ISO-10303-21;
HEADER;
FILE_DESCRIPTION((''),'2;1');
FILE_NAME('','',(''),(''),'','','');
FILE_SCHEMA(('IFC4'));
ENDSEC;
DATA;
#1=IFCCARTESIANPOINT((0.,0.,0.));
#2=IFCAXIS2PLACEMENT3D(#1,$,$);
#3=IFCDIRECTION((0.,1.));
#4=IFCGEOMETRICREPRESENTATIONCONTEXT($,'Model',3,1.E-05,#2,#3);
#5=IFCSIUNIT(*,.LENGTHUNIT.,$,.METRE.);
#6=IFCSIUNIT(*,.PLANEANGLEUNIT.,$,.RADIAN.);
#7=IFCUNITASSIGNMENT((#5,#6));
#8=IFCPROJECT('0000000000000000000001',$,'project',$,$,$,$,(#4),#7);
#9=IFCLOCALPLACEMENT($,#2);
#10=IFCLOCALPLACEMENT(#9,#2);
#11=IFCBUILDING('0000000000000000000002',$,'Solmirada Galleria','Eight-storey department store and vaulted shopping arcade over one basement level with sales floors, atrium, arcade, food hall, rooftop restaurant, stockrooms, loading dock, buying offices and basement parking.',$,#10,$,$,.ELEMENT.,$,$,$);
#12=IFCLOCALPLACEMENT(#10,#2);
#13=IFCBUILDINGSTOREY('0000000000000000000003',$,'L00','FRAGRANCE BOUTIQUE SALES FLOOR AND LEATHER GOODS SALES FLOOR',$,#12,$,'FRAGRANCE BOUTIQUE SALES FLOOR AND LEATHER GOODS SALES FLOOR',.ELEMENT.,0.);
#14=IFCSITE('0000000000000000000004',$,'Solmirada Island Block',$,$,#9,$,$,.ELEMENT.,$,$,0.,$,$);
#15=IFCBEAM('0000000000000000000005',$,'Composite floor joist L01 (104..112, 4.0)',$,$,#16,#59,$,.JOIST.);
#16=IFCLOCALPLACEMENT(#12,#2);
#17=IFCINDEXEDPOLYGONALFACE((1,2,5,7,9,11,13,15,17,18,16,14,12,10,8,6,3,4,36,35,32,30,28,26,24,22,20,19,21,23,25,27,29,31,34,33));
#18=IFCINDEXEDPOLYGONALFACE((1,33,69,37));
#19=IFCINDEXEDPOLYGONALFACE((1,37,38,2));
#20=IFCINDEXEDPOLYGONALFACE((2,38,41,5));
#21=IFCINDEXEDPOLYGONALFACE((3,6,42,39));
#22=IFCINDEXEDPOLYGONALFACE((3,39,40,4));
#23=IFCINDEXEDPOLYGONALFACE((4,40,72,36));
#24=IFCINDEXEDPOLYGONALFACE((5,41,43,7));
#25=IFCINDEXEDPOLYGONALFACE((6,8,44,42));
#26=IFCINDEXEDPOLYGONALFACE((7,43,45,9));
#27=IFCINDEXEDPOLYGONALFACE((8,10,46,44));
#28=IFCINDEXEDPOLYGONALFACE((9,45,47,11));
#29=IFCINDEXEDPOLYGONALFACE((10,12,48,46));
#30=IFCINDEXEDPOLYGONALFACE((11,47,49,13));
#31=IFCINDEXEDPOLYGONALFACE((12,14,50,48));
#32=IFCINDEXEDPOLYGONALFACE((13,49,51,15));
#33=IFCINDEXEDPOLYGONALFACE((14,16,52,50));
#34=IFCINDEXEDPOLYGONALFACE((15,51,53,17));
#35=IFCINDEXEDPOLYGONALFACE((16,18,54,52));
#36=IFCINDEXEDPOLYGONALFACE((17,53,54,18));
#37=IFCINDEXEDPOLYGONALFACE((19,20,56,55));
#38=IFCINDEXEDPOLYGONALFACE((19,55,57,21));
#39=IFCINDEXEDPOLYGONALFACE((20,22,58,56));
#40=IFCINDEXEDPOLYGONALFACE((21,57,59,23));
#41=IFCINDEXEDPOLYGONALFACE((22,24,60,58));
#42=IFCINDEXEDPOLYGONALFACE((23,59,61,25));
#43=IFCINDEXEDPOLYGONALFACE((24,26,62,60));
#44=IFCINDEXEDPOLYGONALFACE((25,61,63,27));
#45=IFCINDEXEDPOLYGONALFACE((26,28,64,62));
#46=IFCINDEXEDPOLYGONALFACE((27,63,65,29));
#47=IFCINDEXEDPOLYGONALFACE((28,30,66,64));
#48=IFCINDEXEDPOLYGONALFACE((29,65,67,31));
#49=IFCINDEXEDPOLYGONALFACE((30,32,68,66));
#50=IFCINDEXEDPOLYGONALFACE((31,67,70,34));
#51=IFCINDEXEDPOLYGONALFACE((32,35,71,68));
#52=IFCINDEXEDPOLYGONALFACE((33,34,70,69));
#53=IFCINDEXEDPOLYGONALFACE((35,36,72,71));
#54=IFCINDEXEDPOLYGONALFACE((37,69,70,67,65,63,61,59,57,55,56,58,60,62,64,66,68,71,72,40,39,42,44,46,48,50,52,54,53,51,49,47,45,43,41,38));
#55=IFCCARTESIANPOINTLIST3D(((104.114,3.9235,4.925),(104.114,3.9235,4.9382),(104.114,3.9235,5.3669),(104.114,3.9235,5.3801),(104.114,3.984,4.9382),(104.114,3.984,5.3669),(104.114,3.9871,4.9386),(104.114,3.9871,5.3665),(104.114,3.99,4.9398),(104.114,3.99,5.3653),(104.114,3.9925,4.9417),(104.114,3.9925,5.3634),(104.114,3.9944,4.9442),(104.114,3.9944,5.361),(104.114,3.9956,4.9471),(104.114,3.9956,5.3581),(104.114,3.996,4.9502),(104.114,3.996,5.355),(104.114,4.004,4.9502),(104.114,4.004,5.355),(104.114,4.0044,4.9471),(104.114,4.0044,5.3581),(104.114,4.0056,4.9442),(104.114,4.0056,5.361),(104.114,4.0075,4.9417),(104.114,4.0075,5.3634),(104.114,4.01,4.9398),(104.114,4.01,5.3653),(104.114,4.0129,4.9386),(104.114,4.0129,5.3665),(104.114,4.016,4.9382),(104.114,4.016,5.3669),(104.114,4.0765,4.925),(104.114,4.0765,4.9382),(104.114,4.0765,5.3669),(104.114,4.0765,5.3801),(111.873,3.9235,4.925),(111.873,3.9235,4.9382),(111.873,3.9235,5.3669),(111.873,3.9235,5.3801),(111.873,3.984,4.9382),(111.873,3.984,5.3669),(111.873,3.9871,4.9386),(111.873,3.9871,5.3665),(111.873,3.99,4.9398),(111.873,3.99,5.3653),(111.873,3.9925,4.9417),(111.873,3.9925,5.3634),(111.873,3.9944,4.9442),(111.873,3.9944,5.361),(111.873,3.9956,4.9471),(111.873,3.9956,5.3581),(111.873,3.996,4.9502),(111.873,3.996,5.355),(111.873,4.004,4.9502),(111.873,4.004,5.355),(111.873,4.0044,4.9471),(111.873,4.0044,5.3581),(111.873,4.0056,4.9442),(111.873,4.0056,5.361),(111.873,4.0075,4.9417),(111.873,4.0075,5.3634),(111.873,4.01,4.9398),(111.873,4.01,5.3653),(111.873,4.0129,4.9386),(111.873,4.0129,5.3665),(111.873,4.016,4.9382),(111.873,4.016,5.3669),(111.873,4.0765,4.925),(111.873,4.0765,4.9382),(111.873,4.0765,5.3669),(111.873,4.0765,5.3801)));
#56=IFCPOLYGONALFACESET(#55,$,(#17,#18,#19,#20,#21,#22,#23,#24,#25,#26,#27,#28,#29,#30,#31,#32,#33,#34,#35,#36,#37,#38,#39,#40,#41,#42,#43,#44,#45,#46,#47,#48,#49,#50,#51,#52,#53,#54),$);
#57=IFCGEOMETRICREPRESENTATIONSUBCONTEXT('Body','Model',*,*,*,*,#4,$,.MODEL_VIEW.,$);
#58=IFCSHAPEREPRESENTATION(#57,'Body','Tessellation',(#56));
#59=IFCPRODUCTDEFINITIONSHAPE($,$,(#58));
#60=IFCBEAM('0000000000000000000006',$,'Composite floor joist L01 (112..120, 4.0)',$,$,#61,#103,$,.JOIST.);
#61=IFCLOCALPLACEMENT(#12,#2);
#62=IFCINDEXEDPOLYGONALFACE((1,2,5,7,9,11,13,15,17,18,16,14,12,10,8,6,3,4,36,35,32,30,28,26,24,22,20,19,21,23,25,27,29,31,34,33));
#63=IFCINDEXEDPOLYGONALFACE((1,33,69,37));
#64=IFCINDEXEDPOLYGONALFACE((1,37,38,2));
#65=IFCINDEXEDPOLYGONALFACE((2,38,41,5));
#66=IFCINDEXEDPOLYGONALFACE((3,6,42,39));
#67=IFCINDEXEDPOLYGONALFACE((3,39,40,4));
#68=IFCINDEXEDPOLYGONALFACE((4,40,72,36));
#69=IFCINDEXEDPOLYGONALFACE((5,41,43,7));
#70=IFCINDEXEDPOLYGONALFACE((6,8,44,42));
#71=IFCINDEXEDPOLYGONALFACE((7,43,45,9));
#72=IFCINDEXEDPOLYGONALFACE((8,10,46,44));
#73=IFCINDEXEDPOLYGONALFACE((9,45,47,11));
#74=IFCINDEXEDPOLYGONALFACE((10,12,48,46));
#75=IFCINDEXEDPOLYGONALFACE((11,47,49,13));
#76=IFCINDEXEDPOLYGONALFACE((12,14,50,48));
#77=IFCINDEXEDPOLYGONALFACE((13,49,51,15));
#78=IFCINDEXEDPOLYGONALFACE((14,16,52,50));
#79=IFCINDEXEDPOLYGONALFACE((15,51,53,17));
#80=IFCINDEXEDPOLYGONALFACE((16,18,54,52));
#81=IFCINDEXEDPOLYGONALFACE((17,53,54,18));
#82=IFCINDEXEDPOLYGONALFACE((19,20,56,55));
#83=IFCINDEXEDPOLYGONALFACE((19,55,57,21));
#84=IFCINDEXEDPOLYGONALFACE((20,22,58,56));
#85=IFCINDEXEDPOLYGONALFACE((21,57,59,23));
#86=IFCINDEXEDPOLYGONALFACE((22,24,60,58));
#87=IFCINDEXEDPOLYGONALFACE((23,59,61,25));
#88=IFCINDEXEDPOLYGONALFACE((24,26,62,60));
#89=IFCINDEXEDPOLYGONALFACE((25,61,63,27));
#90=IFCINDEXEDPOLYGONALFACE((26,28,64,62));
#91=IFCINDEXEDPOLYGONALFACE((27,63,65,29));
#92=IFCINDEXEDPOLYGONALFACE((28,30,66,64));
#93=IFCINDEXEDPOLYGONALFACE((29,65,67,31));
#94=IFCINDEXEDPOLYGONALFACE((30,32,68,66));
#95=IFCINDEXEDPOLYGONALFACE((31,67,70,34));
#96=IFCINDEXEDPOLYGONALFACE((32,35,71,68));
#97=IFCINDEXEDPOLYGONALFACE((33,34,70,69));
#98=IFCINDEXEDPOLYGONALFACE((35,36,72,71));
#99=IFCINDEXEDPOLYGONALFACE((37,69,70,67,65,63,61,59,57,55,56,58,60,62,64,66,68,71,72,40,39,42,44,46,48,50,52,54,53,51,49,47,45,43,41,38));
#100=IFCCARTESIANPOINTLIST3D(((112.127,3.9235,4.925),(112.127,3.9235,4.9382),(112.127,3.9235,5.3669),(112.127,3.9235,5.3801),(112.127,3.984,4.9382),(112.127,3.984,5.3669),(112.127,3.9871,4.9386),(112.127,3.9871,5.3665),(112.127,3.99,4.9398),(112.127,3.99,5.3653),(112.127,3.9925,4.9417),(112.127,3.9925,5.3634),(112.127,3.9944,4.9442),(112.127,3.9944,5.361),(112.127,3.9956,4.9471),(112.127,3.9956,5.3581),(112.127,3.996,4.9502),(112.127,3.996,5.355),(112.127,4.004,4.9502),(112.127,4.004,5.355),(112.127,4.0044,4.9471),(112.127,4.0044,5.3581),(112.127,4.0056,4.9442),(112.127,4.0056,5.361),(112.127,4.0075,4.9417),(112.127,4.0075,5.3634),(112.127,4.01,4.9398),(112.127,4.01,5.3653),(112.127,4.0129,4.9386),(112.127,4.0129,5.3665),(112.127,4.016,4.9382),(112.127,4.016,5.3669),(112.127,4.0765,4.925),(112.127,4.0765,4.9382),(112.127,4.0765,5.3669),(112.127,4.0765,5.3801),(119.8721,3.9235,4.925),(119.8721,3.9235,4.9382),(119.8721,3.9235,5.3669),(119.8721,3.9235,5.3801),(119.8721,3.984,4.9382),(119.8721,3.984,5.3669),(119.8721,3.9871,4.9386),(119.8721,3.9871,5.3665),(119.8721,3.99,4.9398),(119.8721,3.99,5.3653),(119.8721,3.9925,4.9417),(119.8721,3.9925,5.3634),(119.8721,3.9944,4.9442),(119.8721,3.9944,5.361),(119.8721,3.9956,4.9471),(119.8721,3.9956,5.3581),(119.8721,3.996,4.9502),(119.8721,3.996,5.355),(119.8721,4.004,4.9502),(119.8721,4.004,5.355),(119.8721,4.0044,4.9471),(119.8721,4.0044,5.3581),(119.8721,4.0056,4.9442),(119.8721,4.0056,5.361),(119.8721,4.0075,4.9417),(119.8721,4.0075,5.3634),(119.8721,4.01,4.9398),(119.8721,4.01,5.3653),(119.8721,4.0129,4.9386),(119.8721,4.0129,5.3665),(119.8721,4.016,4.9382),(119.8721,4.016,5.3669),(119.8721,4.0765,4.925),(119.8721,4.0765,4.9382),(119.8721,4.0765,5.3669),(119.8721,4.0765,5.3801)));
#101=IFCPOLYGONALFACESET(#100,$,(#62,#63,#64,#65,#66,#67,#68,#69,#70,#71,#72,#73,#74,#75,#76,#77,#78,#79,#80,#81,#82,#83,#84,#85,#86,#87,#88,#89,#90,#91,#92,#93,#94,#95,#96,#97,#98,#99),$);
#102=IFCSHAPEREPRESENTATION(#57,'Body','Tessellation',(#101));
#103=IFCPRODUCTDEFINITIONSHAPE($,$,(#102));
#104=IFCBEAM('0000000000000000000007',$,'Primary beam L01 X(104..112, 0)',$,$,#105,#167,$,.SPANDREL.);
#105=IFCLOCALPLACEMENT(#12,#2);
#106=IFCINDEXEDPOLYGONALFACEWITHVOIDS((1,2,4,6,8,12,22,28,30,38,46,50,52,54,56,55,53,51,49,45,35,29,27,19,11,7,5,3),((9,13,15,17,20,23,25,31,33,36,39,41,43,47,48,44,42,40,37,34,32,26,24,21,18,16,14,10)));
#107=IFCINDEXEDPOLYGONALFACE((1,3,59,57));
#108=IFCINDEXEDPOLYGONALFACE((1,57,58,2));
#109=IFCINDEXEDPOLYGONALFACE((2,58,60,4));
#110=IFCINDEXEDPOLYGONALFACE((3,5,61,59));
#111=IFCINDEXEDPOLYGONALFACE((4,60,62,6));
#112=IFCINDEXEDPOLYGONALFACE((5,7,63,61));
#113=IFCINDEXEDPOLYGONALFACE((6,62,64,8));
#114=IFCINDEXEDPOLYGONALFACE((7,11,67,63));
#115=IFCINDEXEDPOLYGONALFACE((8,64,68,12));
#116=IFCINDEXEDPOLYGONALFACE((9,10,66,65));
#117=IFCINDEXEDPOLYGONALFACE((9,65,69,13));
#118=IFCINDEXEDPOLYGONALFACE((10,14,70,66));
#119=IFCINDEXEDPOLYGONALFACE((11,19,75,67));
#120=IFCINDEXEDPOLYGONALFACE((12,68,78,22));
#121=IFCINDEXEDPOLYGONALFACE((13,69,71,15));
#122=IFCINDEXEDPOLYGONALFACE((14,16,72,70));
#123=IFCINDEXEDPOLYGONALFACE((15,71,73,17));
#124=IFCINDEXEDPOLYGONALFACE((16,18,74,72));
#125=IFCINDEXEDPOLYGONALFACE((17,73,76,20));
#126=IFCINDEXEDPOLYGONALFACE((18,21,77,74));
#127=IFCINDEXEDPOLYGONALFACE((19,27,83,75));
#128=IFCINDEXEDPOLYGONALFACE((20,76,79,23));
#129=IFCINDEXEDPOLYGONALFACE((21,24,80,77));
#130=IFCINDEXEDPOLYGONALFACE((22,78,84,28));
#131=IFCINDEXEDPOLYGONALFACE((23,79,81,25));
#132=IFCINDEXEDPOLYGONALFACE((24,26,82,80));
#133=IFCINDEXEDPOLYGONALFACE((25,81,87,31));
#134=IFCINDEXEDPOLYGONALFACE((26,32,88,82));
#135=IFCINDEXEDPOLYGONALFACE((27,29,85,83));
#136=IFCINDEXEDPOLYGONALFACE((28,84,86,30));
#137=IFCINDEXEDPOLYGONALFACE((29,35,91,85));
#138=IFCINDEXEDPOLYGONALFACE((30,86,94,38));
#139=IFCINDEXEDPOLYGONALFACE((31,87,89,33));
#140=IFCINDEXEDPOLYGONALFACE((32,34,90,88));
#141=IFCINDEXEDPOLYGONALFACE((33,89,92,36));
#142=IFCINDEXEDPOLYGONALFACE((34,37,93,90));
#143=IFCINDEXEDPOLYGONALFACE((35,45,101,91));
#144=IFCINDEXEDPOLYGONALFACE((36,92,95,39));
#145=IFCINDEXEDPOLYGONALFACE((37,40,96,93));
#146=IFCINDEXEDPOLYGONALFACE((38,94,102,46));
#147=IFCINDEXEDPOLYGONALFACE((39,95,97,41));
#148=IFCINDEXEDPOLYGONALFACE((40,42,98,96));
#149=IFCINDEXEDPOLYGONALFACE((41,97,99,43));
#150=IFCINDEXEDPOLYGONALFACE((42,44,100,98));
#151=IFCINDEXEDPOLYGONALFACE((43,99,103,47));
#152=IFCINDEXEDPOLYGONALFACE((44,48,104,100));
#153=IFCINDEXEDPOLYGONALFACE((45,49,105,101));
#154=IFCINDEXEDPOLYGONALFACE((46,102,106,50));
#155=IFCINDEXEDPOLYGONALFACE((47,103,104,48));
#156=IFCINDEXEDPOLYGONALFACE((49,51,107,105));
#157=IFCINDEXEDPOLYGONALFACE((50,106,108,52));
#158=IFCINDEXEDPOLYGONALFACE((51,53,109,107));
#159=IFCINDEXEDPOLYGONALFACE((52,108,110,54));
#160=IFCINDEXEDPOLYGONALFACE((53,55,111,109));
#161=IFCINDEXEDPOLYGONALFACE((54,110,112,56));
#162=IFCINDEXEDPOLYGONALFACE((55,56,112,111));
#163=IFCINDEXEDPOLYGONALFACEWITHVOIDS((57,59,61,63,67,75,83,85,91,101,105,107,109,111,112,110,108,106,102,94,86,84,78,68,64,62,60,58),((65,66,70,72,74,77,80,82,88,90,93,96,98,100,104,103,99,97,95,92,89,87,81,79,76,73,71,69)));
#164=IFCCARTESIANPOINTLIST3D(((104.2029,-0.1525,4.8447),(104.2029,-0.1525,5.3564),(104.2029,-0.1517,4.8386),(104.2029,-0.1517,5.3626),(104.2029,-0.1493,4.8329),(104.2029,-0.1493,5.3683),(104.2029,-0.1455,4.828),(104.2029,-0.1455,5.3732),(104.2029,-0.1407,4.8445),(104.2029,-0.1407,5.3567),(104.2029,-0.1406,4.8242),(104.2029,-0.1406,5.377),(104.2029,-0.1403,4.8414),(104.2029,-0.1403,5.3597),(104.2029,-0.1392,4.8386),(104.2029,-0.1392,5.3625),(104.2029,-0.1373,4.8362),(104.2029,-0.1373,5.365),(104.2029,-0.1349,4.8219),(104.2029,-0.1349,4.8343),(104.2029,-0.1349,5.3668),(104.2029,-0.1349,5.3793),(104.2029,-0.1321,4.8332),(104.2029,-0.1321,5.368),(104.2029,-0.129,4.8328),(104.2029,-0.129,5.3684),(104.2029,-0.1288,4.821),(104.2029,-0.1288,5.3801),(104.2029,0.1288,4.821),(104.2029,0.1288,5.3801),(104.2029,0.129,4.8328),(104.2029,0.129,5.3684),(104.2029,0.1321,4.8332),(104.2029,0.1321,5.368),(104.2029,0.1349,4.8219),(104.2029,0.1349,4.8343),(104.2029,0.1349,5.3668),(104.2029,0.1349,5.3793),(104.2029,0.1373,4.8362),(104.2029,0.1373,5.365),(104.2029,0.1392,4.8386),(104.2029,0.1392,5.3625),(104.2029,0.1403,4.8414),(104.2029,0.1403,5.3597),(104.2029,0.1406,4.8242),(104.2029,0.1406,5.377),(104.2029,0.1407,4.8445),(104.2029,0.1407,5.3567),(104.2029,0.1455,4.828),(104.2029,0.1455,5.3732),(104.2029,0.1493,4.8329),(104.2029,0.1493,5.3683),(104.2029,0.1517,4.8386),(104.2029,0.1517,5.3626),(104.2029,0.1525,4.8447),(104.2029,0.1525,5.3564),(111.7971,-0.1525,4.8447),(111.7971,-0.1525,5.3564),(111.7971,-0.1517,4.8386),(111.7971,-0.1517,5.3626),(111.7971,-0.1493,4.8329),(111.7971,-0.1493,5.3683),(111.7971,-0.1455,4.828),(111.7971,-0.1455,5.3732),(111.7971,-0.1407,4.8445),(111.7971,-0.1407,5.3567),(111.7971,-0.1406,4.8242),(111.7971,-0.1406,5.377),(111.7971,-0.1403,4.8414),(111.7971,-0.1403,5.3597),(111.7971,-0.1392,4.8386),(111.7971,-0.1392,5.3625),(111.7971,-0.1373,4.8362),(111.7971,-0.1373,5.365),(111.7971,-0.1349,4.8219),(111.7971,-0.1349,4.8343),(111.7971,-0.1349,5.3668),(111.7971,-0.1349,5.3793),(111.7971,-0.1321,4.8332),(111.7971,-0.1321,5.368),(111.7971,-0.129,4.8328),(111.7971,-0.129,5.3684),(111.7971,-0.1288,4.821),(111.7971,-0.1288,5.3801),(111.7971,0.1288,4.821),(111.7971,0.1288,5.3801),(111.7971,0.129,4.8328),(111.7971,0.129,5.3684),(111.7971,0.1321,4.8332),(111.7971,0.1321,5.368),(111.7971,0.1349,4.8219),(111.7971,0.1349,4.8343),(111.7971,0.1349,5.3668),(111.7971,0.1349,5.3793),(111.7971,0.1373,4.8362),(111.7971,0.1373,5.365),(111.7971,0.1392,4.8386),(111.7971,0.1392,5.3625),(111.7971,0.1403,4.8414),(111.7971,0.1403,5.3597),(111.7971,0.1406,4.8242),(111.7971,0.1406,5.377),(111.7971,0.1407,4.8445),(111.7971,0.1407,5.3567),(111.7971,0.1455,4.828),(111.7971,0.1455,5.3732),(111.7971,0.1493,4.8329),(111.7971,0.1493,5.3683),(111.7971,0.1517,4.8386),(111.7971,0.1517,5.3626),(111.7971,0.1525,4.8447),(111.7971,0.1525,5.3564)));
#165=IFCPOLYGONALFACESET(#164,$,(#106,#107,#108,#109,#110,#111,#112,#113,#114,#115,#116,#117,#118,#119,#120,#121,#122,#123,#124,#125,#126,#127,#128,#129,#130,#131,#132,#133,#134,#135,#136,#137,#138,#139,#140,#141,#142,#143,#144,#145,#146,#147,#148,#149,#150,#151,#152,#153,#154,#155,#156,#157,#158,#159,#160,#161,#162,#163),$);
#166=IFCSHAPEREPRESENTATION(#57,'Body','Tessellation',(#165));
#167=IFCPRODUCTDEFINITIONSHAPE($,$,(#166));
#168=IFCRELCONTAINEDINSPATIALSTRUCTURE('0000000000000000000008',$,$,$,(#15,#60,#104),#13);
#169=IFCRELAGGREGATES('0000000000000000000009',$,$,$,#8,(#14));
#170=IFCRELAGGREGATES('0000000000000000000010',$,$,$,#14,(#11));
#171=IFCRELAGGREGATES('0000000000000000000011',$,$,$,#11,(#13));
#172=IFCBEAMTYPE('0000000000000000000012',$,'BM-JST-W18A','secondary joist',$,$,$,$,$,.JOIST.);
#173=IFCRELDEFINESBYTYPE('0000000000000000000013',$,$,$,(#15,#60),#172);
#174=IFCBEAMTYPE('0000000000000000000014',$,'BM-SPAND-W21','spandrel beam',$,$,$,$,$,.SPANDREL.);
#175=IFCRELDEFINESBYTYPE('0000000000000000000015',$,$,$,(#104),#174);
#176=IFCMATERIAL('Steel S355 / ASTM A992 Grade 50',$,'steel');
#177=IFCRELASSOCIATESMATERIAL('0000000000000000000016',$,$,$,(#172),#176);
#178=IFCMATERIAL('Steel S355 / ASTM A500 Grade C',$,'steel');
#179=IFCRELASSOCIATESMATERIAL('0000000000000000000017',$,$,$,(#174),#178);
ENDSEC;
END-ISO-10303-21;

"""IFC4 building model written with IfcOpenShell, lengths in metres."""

from ifc_helpers import new_model, si_unit, direction, frame, origin, origin_2d, place, context, subcontext, project, spatial, hollow_rectangle, i_section, extrude, material, material_profile, profile_set, type_object, element, save


model = new_model("IFC4")

# Units and contexts
model_context = context("Model", 3, precision=1e-05, world=origin(), true_north=direction((0.0, 1.0)))
body_context = subcontext(model_context, "Body", "Model", "MODEL_VIEW")
ifc_project = project(units=[si_unit("LENGTHUNIT", "METRE"), si_unit("PLANEANGLEUNIT", "RADIAN")], contexts=[model_context])

# Site, building, storey
site_placement = place(None, origin())
site = spatial("IfcSite", under=ifc_project, at=site_placement, Name="Solmirada Island Block", CompositionType="ELEMENT", RefElevation=0.0)
building_placement = place(site_placement, origin())
building = spatial("IfcBuilding", under=site, at=building_placement, Name="Solmirada Galleria", Description="Eight-storey department store and vaulted shopping arcade over one basement level with sales floors, atrium, arcade, food hall, rooftop restaurant, stockrooms, loading dock, buying offices and basement parking.", CompositionType="ELEMENT")
storey_placement = place(building_placement, origin())
storey = spatial("IfcBuildingStorey", under=building, at=storey_placement, Name="L00", Description="FRAGRANCE BOUTIQUE SALES FLOOR AND LEATHER GOODS SALES FLOOR", LongName="FRAGRANCE BOUTIQUE SALES FLOOR AND LEATHER GOODS SALES FLOOR", CompositionType="ELEMENT", Elevation=0.0)

# Shared definitions
ifc_material_1 = material(Name="Steel S355 / ASTM A500 Grade C", Category="steel")

# Beams
ifc_material_2 = material(Name="Steel S355 / ASTM A992 Grade 50", Category="steel")
ifc_material_profile_1 = material_profile(ifc_material_2, i_section(OverallWidth=0.1531, OverallDepth=0.4551, WebThickness=0.0081, FlangeThickness=0.0132, FilletRadius=0.012, at=origin_2d()), Name="W18X40")
ifc_profile_set_1 = profile_set([ifc_material_profile_1], Name="Steel S355 / ASTM A992 Grade 50")
beam_type_1 = type_object("IfcBeamType", Name="BM-JST-W18A", Description="secondary joist", PredefinedType="JOIST", material=ifc_profile_set_1)
beam_1_placement = place(storey_placement, frame((104.114, 4.0, 5.1526), z_axis=(1.0, 0.0, 0.0), x_axis=(0.0, 1.0, 0.0)))
element("IfcBeam", 1, at=beam_1_placement, inside=storey, type_object=beam_type_1, Name="Composite floor joist L01 (104..112, 4.0)", PredefinedType="JOIST", context=body_context, shape_type="SweptSolid", body=[
    extrude(i_section(OverallWidth=0.1531, OverallDepth=0.4551, WebThickness=0.0081, FlangeThickness=0.0132, FilletRadius=0.012, at=origin_2d()), origin(), (0.0, 0.0, 1.0), 7.759),
])
beam_2_placement = place(storey_placement, frame((112.127, 4.0, 5.1526), z_axis=(1.0, 0.0, 0.0), x_axis=(0.0, 1.0, 0.0)))
element("IfcBeam", 2, at=beam_2_placement, inside=storey, type_object=beam_type_1, Name="Composite floor joist L01 (112..120, 4.0)", PredefinedType="JOIST", context=body_context, shape_type="SweptSolid", body=[
    extrude(i_section(OverallWidth=0.1531, OverallDepth=0.4551, WebThickness=0.0081, FlangeThickness=0.0132, FilletRadius=0.012, at=origin_2d()), origin(), (0.0, 0.0, 1.0), 7.7451),
])
ifc_material_profile_2 = material_profile(ifc_material_1, hollow_rectangle(XDim=0.3049, YDim=0.5591, WallThickness=0.0117, InnerFilletRadius=0.0117, OuterFilletRadius=0.0237, at=origin_2d()), Name="HSS22X12X1/2")
ifc_profile_set_2 = profile_set([ifc_material_profile_2], Name="Steel S355 / ASTM A500 Grade C")
beam_type_2 = type_object("IfcBeamType", Name="BM-SPAND-W21", Description="spandrel beam", PredefinedType="SPANDREL", material=ifc_profile_set_2)
for number, where, z_axis, x_axis, name in (
    (3, (104.2029, 0.0, 5.1006), (1.0, 0.0, 0.0), (0.0, 1.0, 0.0), "Primary beam L01 X(104..112, 0)"),
):
    element("IfcBeam", number, at=place(storey_placement, frame(where, z_axis=z_axis, x_axis=x_axis)), inside=storey, type_object=beam_type_2, Name=name, PredefinedType="SPANDREL", context=body_context, shape_type="SweptSolid", body=[
        extrude(hollow_rectangle(XDim=0.3049, YDim=0.5591, WallThickness=0.0117, InnerFilletRadius=0.0117, OuterFilletRadius=0.0237, at=origin_2d()), origin(), (0.0, 0.0, 1.0), 7.5942),
    ])

save(model, "model.ifc")
